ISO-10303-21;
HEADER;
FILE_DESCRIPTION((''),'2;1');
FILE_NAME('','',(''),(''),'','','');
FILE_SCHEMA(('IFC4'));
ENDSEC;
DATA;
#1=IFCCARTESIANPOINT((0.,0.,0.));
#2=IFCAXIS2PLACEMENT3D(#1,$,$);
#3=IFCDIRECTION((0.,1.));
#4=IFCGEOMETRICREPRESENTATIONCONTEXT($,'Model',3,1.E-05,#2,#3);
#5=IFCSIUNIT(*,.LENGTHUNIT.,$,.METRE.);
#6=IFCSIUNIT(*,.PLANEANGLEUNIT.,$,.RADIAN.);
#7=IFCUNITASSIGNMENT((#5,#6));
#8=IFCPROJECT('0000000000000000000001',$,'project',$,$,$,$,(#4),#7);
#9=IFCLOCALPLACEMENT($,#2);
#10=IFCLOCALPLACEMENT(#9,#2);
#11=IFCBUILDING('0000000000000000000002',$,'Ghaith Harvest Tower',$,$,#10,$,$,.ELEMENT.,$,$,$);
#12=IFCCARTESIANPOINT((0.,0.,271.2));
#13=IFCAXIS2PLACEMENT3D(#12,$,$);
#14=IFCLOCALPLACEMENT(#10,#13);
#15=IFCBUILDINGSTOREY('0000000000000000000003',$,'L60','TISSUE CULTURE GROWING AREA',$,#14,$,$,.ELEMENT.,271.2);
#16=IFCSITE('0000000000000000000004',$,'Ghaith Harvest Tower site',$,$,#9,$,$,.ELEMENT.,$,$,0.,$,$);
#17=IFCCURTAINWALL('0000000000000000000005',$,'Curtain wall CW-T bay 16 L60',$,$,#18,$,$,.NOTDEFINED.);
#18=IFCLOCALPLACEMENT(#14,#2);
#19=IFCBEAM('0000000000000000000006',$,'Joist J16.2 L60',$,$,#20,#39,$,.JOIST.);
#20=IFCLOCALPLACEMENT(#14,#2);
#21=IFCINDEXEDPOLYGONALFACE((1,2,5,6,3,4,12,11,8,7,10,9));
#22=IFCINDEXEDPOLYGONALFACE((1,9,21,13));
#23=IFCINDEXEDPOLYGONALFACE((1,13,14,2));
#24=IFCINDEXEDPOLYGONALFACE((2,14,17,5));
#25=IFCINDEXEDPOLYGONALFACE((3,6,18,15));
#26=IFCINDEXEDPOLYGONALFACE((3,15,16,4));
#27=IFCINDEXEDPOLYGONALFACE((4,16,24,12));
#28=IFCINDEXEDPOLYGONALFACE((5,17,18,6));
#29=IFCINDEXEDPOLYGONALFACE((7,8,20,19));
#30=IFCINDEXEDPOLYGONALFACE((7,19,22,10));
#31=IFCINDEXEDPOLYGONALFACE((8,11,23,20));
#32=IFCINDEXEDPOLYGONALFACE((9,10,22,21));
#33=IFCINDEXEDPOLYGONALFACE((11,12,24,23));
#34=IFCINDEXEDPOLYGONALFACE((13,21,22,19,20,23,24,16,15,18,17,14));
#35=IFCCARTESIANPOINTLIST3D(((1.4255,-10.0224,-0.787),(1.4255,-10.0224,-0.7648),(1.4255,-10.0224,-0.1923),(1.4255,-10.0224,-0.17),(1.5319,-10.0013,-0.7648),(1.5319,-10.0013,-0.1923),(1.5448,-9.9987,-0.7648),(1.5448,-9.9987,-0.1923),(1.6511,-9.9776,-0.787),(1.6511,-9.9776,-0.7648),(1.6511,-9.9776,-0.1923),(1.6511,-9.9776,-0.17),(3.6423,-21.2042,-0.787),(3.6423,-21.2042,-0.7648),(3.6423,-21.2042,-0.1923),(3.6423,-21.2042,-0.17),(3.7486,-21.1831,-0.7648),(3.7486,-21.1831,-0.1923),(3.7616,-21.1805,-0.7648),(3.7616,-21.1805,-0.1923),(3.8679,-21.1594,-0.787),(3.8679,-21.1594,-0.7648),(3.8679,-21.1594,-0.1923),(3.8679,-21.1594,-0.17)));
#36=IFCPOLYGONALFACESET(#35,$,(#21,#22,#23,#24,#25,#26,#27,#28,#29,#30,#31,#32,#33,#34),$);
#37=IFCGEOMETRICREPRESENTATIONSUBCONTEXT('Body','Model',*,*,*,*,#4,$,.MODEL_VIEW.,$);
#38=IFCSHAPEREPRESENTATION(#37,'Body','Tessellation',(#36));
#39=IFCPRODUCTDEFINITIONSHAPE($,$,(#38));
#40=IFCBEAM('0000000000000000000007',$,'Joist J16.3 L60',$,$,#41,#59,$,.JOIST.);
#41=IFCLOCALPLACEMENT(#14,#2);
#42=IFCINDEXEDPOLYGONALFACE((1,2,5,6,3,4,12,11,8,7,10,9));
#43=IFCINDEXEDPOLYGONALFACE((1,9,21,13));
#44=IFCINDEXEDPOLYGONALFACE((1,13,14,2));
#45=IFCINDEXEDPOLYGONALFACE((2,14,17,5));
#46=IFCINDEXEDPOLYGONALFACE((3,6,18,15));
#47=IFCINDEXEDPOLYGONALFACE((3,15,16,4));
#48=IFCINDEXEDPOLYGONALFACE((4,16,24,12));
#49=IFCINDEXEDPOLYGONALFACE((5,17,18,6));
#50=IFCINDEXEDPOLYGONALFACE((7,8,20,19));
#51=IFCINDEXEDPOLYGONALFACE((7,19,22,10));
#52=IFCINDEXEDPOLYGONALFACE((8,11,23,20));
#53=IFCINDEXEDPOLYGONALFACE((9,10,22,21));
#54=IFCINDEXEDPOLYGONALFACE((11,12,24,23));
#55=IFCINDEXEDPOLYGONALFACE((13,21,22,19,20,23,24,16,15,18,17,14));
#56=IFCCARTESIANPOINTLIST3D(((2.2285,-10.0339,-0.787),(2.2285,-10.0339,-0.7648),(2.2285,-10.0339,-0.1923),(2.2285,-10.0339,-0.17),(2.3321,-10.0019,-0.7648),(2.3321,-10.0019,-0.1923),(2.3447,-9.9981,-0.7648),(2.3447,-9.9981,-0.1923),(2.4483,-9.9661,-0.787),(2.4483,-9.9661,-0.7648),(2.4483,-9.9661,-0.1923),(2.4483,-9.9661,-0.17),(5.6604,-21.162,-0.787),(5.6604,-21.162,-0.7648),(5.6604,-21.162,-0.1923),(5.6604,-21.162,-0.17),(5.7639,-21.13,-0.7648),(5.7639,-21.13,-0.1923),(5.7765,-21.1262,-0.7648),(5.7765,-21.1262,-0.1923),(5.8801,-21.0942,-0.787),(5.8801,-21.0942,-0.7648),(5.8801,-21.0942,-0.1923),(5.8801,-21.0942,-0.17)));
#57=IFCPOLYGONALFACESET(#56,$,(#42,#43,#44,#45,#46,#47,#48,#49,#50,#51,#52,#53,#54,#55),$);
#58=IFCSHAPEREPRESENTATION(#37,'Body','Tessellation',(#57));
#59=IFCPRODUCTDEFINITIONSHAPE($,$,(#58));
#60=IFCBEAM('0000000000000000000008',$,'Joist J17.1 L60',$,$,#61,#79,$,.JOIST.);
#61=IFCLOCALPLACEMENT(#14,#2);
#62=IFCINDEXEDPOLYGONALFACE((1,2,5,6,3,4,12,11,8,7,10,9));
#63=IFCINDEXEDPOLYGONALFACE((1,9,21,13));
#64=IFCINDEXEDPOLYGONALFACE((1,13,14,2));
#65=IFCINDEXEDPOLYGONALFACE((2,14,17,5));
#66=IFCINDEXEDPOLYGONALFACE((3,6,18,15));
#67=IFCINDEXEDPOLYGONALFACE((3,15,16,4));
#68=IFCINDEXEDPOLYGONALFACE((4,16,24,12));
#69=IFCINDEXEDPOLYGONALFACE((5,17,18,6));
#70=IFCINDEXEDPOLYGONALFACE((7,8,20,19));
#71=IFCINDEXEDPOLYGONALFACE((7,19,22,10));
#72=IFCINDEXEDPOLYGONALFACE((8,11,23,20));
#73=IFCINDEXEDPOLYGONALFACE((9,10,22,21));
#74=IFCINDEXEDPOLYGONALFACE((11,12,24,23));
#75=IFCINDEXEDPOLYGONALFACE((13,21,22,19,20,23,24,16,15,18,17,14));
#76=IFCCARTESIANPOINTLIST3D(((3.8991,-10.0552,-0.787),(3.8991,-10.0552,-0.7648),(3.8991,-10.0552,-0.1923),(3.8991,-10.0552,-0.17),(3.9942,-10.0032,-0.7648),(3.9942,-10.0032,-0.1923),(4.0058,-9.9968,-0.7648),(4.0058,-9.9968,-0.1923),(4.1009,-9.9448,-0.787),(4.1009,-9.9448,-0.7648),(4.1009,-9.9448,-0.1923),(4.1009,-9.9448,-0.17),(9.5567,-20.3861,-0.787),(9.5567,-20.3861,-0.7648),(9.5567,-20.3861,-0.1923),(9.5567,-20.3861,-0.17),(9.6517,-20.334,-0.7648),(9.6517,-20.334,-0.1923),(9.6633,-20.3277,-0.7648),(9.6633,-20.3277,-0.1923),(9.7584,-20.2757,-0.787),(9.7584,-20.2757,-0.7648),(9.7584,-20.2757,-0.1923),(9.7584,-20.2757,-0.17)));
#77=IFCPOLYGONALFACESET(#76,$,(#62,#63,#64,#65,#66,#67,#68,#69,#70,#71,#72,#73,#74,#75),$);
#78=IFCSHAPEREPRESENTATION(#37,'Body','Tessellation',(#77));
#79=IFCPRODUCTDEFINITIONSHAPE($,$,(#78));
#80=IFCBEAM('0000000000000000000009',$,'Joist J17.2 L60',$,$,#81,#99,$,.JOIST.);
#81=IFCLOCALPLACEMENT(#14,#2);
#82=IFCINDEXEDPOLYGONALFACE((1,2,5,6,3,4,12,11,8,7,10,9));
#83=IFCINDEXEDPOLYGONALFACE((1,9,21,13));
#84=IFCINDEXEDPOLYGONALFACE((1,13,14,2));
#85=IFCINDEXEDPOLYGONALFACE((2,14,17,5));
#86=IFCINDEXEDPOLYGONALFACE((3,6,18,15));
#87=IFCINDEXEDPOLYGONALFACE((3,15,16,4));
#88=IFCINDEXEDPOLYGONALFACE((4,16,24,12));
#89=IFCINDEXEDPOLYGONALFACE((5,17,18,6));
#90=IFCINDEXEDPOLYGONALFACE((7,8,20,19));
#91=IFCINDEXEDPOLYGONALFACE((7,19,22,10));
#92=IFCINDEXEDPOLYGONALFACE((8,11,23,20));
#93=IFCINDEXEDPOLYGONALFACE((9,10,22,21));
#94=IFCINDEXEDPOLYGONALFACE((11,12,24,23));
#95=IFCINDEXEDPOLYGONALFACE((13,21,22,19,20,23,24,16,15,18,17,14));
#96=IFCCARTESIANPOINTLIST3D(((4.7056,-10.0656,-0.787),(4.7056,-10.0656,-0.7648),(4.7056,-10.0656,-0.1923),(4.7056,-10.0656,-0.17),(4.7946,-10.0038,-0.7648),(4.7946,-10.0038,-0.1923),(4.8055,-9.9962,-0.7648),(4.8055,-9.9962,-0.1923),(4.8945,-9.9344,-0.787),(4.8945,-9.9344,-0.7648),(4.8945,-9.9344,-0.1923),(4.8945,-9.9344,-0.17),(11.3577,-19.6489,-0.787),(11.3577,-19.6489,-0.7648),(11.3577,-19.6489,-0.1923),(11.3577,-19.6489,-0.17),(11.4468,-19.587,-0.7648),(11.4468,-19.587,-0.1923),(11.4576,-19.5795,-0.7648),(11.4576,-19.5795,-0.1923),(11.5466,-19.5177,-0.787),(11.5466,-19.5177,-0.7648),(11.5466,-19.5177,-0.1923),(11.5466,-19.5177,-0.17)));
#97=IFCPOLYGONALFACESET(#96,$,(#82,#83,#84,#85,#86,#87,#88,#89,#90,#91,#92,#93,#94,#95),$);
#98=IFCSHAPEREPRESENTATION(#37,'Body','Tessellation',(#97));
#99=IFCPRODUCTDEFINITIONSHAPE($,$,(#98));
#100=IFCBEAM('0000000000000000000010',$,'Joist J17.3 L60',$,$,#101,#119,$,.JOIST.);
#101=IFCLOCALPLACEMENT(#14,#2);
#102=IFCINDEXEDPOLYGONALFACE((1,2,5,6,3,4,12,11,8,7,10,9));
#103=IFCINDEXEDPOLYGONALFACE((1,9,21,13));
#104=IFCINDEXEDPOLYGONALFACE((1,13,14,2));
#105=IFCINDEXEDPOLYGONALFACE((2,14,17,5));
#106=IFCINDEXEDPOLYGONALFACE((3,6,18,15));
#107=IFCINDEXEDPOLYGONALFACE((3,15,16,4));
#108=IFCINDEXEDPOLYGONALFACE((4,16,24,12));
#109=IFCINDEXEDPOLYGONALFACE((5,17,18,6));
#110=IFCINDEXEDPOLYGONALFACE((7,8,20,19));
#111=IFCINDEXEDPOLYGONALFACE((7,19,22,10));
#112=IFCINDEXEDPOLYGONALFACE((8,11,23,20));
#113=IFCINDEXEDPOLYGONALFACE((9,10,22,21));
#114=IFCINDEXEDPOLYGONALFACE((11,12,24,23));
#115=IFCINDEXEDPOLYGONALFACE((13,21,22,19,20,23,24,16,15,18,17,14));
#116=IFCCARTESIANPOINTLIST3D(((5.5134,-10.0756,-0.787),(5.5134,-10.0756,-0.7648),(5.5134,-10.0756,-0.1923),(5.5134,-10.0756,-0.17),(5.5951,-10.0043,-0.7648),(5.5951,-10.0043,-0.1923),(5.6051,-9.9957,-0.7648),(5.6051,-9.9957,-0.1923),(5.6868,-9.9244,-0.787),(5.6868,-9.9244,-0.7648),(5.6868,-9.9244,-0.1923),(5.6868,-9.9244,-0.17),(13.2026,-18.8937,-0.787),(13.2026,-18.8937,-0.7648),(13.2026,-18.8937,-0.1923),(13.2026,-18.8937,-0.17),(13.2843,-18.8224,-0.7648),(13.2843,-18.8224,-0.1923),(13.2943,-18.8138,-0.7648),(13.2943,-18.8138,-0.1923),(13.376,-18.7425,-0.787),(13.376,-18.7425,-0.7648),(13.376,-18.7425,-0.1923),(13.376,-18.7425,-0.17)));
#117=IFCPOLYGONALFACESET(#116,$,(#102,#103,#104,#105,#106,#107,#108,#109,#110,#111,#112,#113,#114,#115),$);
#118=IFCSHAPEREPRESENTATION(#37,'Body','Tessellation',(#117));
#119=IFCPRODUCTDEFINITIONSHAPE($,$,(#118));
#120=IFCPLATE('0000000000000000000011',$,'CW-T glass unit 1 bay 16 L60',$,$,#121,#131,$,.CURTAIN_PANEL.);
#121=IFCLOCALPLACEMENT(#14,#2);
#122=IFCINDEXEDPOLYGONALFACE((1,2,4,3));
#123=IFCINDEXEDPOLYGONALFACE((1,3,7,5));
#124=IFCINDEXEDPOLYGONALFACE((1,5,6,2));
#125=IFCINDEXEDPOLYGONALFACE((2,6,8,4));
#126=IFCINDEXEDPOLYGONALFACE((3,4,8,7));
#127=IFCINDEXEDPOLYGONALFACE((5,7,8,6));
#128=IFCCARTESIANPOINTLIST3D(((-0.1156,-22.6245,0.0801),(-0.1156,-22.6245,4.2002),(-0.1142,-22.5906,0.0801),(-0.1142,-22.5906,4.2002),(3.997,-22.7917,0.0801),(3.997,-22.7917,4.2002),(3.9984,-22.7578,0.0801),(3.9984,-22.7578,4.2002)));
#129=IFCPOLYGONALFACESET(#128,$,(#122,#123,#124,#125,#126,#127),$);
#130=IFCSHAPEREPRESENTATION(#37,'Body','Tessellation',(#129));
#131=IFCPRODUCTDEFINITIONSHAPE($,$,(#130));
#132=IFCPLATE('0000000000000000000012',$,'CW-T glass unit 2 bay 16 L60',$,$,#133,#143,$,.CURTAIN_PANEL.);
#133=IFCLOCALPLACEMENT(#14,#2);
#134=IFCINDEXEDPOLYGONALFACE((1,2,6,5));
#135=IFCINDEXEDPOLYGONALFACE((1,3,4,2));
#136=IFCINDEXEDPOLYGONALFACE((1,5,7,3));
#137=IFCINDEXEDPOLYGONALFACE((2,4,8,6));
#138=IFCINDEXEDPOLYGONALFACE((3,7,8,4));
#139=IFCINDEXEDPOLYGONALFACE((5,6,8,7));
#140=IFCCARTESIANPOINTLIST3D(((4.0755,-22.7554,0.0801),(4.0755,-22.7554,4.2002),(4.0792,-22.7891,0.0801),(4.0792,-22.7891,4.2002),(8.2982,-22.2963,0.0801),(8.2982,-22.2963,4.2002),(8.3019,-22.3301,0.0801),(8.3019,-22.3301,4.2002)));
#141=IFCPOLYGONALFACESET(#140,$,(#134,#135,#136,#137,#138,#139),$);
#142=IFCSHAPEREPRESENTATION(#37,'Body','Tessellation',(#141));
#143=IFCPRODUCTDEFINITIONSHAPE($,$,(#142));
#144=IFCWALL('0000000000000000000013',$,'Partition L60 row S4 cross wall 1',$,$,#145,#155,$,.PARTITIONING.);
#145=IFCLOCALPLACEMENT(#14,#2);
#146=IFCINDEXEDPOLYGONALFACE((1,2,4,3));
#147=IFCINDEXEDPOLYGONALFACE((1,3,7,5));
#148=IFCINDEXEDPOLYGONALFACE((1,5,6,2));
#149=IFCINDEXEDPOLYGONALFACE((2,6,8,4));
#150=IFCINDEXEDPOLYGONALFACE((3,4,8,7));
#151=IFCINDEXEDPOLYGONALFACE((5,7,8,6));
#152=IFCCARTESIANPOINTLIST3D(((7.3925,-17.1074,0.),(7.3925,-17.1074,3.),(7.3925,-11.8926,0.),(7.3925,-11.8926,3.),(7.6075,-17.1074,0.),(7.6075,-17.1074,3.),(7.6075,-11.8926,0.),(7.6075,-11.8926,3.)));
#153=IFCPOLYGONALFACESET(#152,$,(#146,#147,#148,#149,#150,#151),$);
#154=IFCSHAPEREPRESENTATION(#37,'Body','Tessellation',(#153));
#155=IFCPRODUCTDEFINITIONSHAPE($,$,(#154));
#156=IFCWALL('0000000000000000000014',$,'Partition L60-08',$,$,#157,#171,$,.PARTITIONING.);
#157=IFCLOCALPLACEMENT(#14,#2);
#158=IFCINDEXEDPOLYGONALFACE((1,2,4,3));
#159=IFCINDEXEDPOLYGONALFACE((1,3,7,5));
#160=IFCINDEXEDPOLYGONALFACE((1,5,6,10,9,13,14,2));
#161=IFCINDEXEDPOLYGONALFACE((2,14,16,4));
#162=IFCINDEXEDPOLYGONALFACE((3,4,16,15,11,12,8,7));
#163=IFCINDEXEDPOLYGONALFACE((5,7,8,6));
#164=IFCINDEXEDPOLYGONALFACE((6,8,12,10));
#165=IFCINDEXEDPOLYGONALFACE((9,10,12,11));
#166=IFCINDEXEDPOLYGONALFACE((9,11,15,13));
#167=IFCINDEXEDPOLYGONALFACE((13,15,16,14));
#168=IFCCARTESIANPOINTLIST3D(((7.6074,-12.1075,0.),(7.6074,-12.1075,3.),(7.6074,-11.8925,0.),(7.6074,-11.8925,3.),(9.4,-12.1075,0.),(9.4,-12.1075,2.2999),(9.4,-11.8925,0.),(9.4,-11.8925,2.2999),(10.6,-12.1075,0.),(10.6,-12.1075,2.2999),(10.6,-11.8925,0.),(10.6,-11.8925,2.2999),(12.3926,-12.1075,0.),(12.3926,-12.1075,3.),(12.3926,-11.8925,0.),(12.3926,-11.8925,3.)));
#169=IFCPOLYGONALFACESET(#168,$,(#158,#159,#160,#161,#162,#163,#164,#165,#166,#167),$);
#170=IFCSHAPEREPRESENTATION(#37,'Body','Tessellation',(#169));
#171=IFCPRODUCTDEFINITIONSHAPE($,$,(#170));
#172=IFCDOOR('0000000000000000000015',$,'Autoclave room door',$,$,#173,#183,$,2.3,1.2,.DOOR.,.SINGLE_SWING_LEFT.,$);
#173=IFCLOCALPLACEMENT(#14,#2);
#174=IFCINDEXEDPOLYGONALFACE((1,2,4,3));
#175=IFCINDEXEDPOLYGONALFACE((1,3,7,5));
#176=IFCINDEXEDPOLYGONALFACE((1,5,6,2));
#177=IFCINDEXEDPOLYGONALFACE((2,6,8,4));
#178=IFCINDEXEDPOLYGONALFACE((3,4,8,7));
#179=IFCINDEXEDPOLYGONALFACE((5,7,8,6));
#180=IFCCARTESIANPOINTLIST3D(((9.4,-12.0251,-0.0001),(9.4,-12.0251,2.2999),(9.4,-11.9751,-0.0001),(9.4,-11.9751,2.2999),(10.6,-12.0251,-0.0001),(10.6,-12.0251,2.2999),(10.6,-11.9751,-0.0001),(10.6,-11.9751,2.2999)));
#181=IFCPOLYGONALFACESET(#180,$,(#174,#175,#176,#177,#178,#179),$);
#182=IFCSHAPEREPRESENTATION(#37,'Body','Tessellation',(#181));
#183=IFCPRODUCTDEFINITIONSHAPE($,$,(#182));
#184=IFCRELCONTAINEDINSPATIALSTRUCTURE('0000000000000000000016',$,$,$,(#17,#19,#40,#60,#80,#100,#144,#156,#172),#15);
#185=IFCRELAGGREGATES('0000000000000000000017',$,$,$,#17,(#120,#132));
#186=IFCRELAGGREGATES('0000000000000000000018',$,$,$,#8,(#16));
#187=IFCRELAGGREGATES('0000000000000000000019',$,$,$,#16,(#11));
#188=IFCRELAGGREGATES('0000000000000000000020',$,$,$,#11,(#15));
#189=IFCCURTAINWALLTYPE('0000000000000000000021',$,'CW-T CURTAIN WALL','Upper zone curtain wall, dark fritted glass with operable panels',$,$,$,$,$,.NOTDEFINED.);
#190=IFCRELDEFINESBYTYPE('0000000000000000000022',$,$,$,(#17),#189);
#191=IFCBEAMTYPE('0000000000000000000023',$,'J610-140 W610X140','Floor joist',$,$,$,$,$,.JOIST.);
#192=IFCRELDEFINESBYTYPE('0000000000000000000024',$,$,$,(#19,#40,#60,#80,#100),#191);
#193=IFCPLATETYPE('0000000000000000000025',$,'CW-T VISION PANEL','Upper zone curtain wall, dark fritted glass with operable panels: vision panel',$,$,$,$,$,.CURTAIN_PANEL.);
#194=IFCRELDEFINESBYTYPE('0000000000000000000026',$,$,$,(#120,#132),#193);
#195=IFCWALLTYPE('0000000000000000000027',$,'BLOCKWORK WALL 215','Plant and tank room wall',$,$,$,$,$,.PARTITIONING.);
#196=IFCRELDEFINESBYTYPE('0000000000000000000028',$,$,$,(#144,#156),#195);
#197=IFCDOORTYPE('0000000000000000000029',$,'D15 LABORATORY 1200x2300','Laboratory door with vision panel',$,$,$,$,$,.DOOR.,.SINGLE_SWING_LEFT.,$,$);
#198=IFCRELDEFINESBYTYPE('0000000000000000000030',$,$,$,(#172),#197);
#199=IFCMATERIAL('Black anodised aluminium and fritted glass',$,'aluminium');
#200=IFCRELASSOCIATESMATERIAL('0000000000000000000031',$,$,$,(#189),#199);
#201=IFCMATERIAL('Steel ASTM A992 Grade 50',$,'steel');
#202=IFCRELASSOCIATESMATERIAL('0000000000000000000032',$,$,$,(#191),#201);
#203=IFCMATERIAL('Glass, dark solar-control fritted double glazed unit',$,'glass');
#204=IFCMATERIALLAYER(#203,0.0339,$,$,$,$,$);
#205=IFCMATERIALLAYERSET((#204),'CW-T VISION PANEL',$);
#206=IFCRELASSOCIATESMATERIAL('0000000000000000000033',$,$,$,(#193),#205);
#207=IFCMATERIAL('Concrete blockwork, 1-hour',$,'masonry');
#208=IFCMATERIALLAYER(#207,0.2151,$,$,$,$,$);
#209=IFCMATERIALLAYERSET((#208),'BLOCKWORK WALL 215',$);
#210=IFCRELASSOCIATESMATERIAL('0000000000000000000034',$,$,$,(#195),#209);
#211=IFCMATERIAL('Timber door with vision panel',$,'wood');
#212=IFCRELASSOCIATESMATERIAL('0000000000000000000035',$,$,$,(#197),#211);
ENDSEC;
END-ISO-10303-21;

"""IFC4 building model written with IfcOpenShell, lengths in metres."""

from ifc_helpers import new_model, si_unit, direction, frame, frame_2d, origin, origin_2d, place, context, subcontext, project, spatial, rectangle, i_section, extrude, material, layer, layer_set, material_profile, profile_set, type_object, element, fill, aggregate, save


model = new_model("IFC4")

# Units and contexts
model_context = context("Model", 3, precision=1e-05, world=origin(), true_north=direction((0.0, 1.0)))
body_context = subcontext(model_context, "Body", "Model", "MODEL_VIEW")
ifc_project = project(units=[si_unit("LENGTHUNIT", "METRE"), si_unit("PLANEANGLEUNIT", "RADIAN")], contexts=[model_context])

# Site, building, storey
site_placement = place(None, origin())
site = spatial("IfcSite", under=ifc_project, at=site_placement, Name="Ghaith Harvest Tower site", CompositionType="ELEMENT", RefElevation=0.0)
building_placement = place(site_placement, origin())
building = spatial("IfcBuilding", under=site, at=building_placement, Name="Ghaith Harvest Tower", CompositionType="ELEMENT")
storey_placement = place(building_placement, frame((0.0, 0.0, 271.2)))
storey = spatial("IfcBuildingStorey", under=building, at=storey_placement, Name="L60", Description="TISSUE CULTURE GROWING AREA", CompositionType="ELEMENT", Elevation=271.2)

# Curtain wall
ifc_material_1 = material(Name="Black anodised aluminium and fritted glass", Category="aluminium")
curtain_wall_type = type_object("IfcCurtainWallType", Name="CW-T CURTAIN WALL", Description="Upper zone curtain wall, dark fritted glass with operable panels", PredefinedType="NOTDEFINED", material=ifc_material_1)
curtain_wall_1_placement = place(storey_placement, origin())
curtain_wall_1 = element("IfcCurtainWall", 1, at=curtain_wall_1_placement, inside=storey, type_object=curtain_wall_type, Name="Curtain wall CW-T bay 16 L60", PredefinedType="NOTDEFINED")

# Beams
ifc_material_2 = material(Name="Steel ASTM A992 Grade 50", Category="steel")
ifc_material_profile_1 = material_profile(ifc_material_2, i_section(OverallWidth=0.23, OverallDepth=0.6169, WebThickness=0.0132, FlangeThickness=0.0222, at=origin_2d()), Name="W610X140")
ifc_profile_set_1 = profile_set([ifc_material_profile_1], Name="Steel ASTM A992 Grade 50")
beam_type_1 = type_object("IfcBeamType", Name="J610-140 W610X140", Description="Floor joist", PredefinedType="JOIST", material=ifc_profile_set_1)
beam_1_placement = place(storey_placement, frame((1.5383, -10.0, -0.4785), z_axis=(0.194464, -0.98091, 0.0), x_axis=(0.98091, 0.194464, 0.0)))
element("IfcBeam", 2, at=beam_1_placement, inside=storey, type_object=beam_type_1, Name="Joist J16.2 L60", PredefinedType="JOIST", context=body_context, shape_type="SweptSolid", body=[
    extrude(i_section(OverallWidth=0.23, OverallDepth=0.6169, WebThickness=0.0132, FlangeThickness=0.0222, at=origin_2d()), origin(), (0.0, 0.0, 1.0), 11.3994),
])
beam_2_placement = place(storey_placement, frame((2.3384, -10.0, -0.4785), z_axis=(0.2947, -0.95559, 0.0), x_axis=(0.95559, 0.2947, 0.0)))
element("IfcBeam", 3, at=beam_2_placement, inside=storey, type_object=beam_type_1, Name="Joist J16.3 L60", PredefinedType="JOIST", context=body_context, shape_type="SweptSolid", body=[
    extrude(i_section(OverallWidth=0.23, OverallDepth=0.6169, WebThickness=0.0132, FlangeThickness=0.0222, at=origin_2d()), origin(), (0.0, 0.0, 1.0), 11.6453),
])
beam_3_placement = place(storey_placement, frame((4.0, -10.0, -0.4785), z_axis=(0.480323, -0.877092, 0.0), x_axis=(0.877092, 0.480323, 0.0)))
element("IfcBeam", 4, at=beam_3_placement, inside=storey, type_object=beam_type_1, Name="Joist J17.1 L60", PredefinedType="JOIST", context=body_context, shape_type="SweptSolid", body=[
    extrude(i_section(OverallWidth=0.23, OverallDepth=0.6169, WebThickness=0.0132, FlangeThickness=0.0222, at=origin_2d()), origin(), (0.0, 0.0, 1.0), 11.7786),
])
beam_4_placement = place(storey_placement, frame((4.8, -10.0, -0.4785), z_axis=(0.570226, -0.821488, 0.0), x_axis=(0.821488, 0.570226, 0.0)))
element("IfcBeam", 5, at=beam_4_placement, inside=storey, type_object=beam_type_1, Name="Joist J17.2 L60", PredefinedType="JOIST", context=body_context, shape_type="SweptSolid", body=[
    extrude(i_section(OverallWidth=0.23, OverallDepth=0.6169, WebThickness=0.0132, FlangeThickness=0.0222, at=origin_2d()), origin(), (0.0, 0.0, 1.0), 11.6658),
])
beam_5_placement = place(storey_placement, frame((5.6001, -10.0, -0.4785), z_axis=(0.657214, -0.753704, 0.0), x_axis=(0.753704, 0.657214, 0.0)))
element("IfcBeam", 6, at=beam_5_placement, inside=storey, type_object=beam_type_1, Name="Joist J17.3 L60", PredefinedType="JOIST", context=body_context, shape_type="SweptSolid", body=[
    extrude(i_section(OverallWidth=0.23, OverallDepth=0.6169, WebThickness=0.0132, FlangeThickness=0.0222, at=origin_2d()), origin(), (0.0, 0.0, 1.0), 11.6997),
])

# Plates
ifc_material_3 = material(Name="Glass, dark solar-control fritted double glazed unit", Category="glass")
ifc_layer_1 = layer(ifc_material_3, 0.0339)
ifc_layer_set_1 = layer_set([ifc_layer_1], Name="CW-T VISION PANEL")
plate_type = type_object("IfcPlateType", Name="CW-T VISION PANEL", Description="Upper zone curtain wall, dark fritted glass with operable panels: vision panel", PredefinedType="CURTAIN_PANEL", material=ifc_layer_set_1)
plate_1_placement = place(storey_placement, frame((1.9414, -22.6912, 0.0801), z_axis=(0.0, 0.0, 1.0), x_axis=(0.999174, -0.040638, 0.0)))
plate_1 = element("IfcPlate", 7, at=plate_1_placement, type_object=plate_type, Name="CW-T glass unit 1 bay 16 L60", PredefinedType="CURTAIN_PANEL", context=body_context, shape_type="SweptSolid", body=[
    extrude(rectangle(XDim=4.116, YDim=0.0339, at=origin_2d()), origin(), (0.0, 0.0, 1.0), 4.1201),
])
plate_2_placement = place(storey_placement, frame((6.1887, -22.5427, 0.0801), z_axis=(0.0, 0.0, 1.0), x_axis=(0.994143, 0.108074, 0.0)))
plate_2 = element("IfcPlate", 8, at=plate_2_placement, type_object=plate_type, Name="CW-T glass unit 2 bay 16 L60", PredefinedType="CURTAIN_PANEL", context=body_context, shape_type="SweptSolid", body=[
    extrude(rectangle(XDim=4.2476, YDim=0.0339, at=origin_2d()), origin(), (0.0, 0.0, 1.0), 4.1201),
])
aggregate(curtain_wall_1, [plate_1, plate_2])

# Wall
ifc_material_4 = material(Name="Concrete blockwork, 1-hour", Category="masonry")
ifc_layer_2 = layer(ifc_material_4, 0.2151)
ifc_layer_set_2 = layer_set([ifc_layer_2], Name="BLOCKWORK WALL 215")
wall_type_1 = type_object("IfcWallType", Name="BLOCKWORK WALL 215", Description="Plant and tank room wall", PredefinedType="PARTITIONING", material=ifc_layer_set_2)
wall_1_placement = place(storey_placement, frame((7.5, -11.8926, 0.0), z_axis=(0.0, 0.0, 1.0), x_axis=(0.0, -1.0, 0.0)))
element("IfcWall", 9, at=wall_1_placement, inside=storey, type_object=wall_type_1, Name="Partition L60 row S4 cross wall 1", PredefinedType="PARTITIONING", context=body_context, shape_type="SweptSolid", body=[
    extrude(rectangle(XDim=5.2148, YDim=0.2151, at=frame_2d((2.6074, 0.0))), origin(), (0.0, 0.0, 1.0), 3.0),
])

# Wall, opening, door
wall_2_placement = place(storey_placement, frame((7.6074, -12.0, 0.0), z_axis=(0.0, 0.0, 1.0), x_axis=(1.0, 0.0, 0.0)))
wall_2 = element("IfcWall", 10, at=wall_2_placement, inside=storey, type_object=wall_type_1, Name="Partition L60-08", PredefinedType="PARTITIONING", context=body_context, shape_type="SweptSolid", body=[
    extrude(rectangle(XDim=4.7852, YDim=0.2151, at=frame_2d((2.3926, 0.0))), origin(), (0.0, 0.0, 1.0), 3.0),
])
opening_1_placement = place(wall_2_placement, frame((1.7925, 0.0, 0.0)))
opening_1 = element("IfcOpeningElement", 11, at=opening_1_placement, cuts=wall_2, PredefinedType="OPENING", context=body_context, shape_type="SweptSolid", body=[
    extrude(rectangle(XDim=1.2, YDim=2.3, at=frame_2d((0.6001, 1.1499))), frame((0.0, 0.1177, 0.0), z_axis=(0.0, -1.0, 0.0), x_axis=(1.0, 0.0, 0.0)), (0.0, 0.0, 1.0), 0.2351),
])
ifc_material_5 = material(Name="Timber door with vision panel", Category="wood")
door_type_1 = type_object("IfcDoorType", Name="D15 LABORATORY 1200x2300", Description="Laboratory door with vision panel", OperationType="SINGLE_SWING_LEFT", PredefinedType="DOOR", material=ifc_material_5)
door_1_placement = place(opening_1_placement, origin())
door_1 = element("IfcDoor", 12, at=door_1_placement, inside=storey, type_object=door_type_1, Name="Autoclave room door", OperationType="SINGLE_SWING_LEFT", OverallHeight=2.3, OverallWidth=1.2, PredefinedType="DOOR", context=body_context, shape_type="SweptSolid", body=[
    extrude(rectangle(XDim=1.2, YDim=2.3, at=frame_2d((0.6001, 1.1499))), frame((0.0, 0.0249, 0.0), z_axis=(0.0, -1.0, 0.0), x_axis=(1.0, 0.0, 0.0)), (0.0, 0.0, 1.0), 0.05),
])
fill(opening_1, door_1)

save(model, "model.ifc")
